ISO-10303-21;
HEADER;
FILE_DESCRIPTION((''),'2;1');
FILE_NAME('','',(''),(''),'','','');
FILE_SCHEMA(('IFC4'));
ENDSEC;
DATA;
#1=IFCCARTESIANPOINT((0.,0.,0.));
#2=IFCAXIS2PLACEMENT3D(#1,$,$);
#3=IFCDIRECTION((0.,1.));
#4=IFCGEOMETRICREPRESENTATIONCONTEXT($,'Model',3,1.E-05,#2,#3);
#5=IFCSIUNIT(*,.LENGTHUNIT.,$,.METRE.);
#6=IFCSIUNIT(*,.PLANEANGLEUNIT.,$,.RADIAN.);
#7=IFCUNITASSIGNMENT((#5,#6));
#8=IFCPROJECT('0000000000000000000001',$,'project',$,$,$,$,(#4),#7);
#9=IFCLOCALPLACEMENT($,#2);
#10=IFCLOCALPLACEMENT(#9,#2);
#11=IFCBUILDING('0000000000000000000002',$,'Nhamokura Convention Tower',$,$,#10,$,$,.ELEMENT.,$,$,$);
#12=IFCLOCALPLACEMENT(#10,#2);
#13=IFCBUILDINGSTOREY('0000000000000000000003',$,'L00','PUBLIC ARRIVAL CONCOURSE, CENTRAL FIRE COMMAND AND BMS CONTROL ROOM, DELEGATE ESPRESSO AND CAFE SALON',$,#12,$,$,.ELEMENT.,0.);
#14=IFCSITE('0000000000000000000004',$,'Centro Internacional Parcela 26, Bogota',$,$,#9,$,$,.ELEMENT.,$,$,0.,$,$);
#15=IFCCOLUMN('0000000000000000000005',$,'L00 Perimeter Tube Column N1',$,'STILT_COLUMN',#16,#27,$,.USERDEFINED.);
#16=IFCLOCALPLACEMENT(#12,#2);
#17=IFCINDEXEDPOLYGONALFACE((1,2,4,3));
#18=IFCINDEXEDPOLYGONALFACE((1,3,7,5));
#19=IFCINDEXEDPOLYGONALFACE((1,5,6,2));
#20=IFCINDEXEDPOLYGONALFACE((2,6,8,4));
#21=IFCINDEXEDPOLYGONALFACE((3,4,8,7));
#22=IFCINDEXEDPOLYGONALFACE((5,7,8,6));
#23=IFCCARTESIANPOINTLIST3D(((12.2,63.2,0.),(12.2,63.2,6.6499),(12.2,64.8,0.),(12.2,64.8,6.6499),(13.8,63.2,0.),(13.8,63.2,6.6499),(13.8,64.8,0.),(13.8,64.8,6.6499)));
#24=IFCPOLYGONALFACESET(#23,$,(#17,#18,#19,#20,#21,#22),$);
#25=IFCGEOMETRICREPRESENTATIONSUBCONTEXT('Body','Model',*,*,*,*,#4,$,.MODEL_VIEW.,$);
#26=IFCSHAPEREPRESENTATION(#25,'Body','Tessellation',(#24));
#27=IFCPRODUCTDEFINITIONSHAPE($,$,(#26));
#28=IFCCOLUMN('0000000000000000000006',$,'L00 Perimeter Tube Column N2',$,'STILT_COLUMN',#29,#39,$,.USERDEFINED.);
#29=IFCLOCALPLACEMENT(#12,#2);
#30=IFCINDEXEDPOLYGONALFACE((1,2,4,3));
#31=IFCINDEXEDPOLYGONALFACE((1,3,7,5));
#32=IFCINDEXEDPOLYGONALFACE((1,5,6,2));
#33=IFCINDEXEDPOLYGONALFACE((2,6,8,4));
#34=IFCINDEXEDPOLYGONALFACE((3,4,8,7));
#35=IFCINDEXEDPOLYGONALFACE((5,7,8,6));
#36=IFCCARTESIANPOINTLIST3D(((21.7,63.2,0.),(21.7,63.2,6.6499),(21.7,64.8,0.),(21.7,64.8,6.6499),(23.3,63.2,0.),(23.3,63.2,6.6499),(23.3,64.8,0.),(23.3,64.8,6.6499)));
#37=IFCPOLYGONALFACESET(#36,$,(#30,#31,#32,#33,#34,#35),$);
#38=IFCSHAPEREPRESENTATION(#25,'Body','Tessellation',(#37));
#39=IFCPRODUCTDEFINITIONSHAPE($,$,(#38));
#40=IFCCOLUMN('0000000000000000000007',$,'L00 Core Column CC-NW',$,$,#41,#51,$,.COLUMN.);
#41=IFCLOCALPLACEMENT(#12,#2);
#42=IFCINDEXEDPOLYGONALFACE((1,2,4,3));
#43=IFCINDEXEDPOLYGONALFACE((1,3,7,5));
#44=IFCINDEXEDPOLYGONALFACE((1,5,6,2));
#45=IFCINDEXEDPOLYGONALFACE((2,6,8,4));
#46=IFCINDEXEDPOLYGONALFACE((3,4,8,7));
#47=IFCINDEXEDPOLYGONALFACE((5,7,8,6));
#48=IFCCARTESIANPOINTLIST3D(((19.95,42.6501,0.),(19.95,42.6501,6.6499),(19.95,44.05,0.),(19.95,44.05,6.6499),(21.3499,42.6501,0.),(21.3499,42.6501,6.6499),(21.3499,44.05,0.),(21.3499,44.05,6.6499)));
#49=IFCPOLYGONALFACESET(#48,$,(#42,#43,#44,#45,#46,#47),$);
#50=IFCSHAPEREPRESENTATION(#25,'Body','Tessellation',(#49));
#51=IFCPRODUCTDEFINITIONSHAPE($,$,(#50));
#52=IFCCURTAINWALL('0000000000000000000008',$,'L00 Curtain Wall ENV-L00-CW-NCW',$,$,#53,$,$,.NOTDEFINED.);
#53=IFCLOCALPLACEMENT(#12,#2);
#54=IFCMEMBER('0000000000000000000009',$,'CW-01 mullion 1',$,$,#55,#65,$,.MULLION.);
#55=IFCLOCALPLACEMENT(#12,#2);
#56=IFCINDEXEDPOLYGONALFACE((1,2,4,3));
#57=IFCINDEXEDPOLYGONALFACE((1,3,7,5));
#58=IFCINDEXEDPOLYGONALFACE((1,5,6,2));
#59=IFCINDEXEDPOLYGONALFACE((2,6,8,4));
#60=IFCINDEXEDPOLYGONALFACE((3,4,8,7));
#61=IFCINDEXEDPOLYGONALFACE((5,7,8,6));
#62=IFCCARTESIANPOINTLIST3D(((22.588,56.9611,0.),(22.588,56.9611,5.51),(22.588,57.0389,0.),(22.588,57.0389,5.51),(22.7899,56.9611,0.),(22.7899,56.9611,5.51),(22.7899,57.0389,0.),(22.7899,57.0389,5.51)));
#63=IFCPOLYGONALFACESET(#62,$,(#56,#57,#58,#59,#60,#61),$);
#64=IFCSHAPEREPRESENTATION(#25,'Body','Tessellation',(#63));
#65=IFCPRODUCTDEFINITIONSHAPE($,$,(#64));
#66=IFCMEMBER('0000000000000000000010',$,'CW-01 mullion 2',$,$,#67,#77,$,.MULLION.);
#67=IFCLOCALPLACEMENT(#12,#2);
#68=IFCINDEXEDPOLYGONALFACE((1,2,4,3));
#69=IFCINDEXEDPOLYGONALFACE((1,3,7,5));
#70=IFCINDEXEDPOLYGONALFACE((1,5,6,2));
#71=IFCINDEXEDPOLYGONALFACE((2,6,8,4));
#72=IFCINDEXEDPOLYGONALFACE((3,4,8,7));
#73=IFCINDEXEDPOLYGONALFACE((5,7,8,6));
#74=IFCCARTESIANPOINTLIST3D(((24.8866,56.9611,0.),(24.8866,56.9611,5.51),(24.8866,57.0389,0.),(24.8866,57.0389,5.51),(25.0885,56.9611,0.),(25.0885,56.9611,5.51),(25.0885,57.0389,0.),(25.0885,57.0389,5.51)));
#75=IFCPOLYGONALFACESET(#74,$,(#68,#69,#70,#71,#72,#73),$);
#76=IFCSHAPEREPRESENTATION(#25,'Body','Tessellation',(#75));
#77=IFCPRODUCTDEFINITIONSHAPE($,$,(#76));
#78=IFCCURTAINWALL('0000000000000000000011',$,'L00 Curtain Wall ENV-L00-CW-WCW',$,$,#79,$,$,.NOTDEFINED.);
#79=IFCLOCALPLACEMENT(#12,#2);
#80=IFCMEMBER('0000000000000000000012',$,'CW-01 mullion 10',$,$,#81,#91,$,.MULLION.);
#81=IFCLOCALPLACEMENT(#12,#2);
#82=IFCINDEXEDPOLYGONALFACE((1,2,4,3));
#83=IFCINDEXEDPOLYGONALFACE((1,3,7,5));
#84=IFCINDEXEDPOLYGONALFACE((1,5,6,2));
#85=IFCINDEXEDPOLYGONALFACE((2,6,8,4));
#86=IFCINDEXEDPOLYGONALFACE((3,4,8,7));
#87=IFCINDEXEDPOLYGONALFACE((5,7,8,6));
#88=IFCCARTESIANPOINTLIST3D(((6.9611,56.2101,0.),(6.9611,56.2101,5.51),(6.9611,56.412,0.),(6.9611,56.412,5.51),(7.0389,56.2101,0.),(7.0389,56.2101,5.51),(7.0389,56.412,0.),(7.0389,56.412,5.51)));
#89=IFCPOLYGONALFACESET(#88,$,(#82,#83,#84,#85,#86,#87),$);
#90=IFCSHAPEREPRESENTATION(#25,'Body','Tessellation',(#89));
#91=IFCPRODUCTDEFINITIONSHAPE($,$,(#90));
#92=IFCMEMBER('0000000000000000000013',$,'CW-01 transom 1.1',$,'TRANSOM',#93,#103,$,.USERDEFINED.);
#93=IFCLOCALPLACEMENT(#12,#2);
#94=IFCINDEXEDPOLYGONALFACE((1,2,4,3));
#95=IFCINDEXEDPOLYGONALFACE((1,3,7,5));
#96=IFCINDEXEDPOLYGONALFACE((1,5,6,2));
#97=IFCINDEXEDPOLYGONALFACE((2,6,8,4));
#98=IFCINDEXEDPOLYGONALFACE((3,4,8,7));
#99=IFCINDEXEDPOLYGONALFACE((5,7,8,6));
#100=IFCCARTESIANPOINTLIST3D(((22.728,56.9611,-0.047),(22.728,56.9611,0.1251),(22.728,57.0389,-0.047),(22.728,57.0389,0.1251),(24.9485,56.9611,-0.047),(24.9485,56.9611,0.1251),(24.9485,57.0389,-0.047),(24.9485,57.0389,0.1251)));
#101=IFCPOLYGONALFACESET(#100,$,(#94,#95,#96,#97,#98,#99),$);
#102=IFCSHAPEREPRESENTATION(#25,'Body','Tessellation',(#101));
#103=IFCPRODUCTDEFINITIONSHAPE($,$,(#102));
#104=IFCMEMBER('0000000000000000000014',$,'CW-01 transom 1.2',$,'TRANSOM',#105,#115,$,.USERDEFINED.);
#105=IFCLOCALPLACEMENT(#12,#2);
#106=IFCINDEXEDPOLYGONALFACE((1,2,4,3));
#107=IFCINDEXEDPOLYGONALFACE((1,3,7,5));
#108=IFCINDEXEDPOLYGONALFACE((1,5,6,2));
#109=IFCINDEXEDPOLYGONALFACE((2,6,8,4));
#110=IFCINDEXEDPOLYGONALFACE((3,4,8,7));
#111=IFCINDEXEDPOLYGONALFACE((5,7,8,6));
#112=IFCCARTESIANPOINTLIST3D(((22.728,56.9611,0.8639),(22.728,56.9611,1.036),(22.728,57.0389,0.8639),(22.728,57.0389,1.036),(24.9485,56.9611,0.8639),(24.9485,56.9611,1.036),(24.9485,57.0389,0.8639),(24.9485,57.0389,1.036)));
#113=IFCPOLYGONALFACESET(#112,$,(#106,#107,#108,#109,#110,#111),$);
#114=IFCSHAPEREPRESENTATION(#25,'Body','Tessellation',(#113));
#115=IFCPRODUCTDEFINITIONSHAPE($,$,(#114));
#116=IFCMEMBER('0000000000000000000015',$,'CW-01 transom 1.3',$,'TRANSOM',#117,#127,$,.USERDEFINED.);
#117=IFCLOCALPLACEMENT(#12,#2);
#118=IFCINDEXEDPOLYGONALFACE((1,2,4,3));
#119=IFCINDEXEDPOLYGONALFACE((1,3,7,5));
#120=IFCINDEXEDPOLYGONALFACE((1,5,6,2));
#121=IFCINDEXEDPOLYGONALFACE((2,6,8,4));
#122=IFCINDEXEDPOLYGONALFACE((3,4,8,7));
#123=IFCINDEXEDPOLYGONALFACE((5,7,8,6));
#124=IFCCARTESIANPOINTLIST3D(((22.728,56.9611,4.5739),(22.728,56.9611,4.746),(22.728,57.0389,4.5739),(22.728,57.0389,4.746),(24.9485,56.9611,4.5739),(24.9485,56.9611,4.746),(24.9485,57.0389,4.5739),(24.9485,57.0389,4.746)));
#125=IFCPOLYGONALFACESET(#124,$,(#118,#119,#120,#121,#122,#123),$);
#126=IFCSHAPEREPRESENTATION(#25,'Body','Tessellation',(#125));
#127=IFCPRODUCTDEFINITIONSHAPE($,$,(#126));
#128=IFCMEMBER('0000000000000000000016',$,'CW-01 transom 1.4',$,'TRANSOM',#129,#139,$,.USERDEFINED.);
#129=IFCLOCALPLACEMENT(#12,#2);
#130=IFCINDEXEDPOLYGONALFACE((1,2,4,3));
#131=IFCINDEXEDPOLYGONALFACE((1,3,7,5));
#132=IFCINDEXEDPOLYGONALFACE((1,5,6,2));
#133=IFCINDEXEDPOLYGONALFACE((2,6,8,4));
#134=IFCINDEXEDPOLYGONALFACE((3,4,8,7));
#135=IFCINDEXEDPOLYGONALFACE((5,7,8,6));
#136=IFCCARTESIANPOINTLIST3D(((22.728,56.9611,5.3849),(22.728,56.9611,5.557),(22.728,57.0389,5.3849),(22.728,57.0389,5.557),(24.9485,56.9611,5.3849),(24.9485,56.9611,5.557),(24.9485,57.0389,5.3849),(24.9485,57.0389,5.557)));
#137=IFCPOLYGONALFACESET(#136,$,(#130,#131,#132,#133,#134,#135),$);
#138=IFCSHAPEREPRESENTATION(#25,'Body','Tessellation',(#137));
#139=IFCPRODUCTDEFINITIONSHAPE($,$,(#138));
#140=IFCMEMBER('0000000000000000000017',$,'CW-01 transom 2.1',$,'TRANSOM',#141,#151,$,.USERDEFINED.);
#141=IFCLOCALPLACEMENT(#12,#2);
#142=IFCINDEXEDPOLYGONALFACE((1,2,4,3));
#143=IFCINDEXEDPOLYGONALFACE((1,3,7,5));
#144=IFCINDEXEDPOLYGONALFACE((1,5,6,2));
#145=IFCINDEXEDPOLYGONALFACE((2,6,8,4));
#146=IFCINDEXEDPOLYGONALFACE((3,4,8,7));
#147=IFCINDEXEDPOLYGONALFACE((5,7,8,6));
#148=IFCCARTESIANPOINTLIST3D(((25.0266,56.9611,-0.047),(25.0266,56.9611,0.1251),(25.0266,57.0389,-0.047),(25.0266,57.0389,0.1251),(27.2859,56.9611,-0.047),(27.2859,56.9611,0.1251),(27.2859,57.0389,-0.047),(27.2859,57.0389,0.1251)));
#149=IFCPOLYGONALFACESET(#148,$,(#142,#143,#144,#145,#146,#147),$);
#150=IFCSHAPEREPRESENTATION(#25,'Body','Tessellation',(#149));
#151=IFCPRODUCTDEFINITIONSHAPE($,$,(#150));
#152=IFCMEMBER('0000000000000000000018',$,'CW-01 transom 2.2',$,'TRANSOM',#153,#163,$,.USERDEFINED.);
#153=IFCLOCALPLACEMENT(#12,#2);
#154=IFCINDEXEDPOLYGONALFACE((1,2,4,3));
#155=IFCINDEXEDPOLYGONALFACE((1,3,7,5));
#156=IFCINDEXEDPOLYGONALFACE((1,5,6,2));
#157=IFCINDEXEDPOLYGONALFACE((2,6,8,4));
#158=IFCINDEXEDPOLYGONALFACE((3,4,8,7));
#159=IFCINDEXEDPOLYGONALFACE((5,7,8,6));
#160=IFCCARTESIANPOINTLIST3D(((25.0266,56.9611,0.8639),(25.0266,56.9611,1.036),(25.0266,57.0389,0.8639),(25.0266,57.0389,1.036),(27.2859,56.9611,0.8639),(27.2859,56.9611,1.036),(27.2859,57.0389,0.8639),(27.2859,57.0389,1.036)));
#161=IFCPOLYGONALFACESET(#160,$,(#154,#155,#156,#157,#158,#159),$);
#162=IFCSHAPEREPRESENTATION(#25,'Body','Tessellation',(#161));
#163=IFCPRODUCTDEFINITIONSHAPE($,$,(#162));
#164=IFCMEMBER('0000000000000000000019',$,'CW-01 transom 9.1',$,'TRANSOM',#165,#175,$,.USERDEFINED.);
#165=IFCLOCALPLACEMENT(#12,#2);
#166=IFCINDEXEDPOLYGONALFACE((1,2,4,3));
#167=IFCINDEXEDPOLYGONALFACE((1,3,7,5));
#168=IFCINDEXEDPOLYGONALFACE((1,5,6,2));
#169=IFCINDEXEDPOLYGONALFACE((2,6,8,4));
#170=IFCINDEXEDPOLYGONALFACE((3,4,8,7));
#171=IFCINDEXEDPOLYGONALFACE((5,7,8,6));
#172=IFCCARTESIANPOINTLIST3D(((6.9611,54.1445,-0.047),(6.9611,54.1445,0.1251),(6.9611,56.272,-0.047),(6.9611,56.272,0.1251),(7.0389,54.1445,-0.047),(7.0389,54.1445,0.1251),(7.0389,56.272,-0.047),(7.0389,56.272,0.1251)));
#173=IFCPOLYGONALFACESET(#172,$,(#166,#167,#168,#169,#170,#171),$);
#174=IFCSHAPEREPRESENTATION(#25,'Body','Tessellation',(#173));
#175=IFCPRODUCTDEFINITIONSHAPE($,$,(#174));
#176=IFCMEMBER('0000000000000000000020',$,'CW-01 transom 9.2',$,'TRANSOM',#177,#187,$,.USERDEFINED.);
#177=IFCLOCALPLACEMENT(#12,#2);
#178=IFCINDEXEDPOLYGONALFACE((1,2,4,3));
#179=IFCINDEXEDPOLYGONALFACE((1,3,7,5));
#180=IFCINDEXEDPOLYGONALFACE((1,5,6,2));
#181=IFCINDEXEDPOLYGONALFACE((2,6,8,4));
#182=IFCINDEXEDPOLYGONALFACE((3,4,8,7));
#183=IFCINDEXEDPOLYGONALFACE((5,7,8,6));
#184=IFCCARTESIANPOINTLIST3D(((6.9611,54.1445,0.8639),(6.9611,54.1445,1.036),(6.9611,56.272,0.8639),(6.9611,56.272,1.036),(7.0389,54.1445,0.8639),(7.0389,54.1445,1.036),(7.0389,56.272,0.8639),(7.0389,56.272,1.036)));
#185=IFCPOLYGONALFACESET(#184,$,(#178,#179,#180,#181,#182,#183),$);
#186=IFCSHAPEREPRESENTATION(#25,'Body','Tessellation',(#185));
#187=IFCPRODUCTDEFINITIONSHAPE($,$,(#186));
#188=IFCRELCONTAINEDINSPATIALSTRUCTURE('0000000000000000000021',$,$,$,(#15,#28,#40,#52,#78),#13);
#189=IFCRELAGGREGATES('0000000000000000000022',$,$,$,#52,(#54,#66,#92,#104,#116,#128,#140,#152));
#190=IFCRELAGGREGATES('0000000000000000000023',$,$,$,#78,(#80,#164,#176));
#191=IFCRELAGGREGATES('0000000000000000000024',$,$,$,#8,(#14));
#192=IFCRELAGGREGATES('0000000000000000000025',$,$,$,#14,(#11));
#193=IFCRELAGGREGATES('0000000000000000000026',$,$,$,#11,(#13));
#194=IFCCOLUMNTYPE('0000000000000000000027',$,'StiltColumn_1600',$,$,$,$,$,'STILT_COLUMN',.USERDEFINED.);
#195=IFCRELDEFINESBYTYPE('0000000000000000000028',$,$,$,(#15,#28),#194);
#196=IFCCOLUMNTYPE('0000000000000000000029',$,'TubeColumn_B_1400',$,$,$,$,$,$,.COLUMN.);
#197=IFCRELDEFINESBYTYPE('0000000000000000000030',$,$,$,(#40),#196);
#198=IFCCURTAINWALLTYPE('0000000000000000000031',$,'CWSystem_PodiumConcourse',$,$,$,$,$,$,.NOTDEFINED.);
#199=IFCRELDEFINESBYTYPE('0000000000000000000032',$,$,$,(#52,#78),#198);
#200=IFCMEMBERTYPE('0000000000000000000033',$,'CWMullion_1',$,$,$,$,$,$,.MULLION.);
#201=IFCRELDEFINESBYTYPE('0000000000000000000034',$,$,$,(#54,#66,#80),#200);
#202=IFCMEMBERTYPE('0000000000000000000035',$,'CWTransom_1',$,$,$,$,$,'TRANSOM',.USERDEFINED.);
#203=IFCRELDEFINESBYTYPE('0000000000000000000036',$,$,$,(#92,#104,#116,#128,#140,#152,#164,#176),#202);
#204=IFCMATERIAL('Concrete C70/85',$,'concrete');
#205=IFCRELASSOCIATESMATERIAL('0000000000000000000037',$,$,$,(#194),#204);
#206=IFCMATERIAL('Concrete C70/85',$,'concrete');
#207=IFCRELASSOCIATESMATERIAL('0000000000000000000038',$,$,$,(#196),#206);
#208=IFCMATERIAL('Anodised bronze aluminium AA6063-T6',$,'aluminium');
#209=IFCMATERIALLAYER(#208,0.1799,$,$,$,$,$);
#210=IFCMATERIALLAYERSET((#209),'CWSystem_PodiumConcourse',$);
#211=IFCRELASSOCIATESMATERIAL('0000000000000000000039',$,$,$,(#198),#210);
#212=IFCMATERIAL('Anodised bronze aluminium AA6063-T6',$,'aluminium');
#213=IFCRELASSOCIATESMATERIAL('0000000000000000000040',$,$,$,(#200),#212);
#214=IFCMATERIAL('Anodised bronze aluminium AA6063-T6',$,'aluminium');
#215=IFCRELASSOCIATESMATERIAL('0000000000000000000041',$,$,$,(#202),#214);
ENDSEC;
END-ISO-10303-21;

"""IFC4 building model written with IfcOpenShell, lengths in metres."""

from ifc_helpers import new_model, si_unit, direction, frame, origin, origin_2d, place, context, subcontext, project, spatial, rectangle, extrude, material, layer, layer_set, material_profile, profile_set, type_object, element, aggregate, save


model = new_model("IFC4")

# Units and contexts
model_context = context("Model", 3, precision=1e-05, world=origin(), true_north=direction((0.0, 1.0)))
body_context = subcontext(model_context, "Body", "Model", "MODEL_VIEW")
ifc_project = project(units=[si_unit("LENGTHUNIT", "METRE"), si_unit("PLANEANGLEUNIT", "RADIAN")], contexts=[model_context])

# Site, building, storey
site_placement = place(None, origin())
site = spatial("IfcSite", under=ifc_project, at=site_placement, Name="Centro Internacional Parcela 26, Bogota", CompositionType="ELEMENT", RefElevation=0.0)
building_placement = place(site_placement, origin())
building = spatial("IfcBuilding", under=site, at=building_placement, Name="Nhamokura Convention Tower", CompositionType="ELEMENT")
storey_placement = place(building_placement, origin())
storey = spatial("IfcBuildingStorey", under=building, at=storey_placement, Name="L00", Description="PUBLIC ARRIVAL CONCOURSE, CENTRAL FIRE COMMAND AND BMS CONTROL ROOM, DELEGATE ESPRESSO AND CAFE SALON", CompositionType="ELEMENT", Elevation=0.0)

# Columns
ifc_material_1 = material(Name="Concrete C70/85", Category="concrete")
ifc_material_profile_1 = material_profile(ifc_material_1, rectangle(XDim=1.6001, YDim=1.6001, at=origin_2d()))
ifc_profile_set_1 = profile_set([ifc_material_profile_1], Name="Concrete C70/85")
column_type_1 = type_object("IfcColumnType", Name="StiltColumn_1600", ElementType="STILT_COLUMN", PredefinedType="USERDEFINED", material=ifc_profile_set_1)
for number, where, z_axis, x_axis, name in (
    (1, (13.0, 64.0, 0.0), (0.0, 0.0, 1.0), (1.0, 0.0, 0.0), "L00 Perimeter Tube Column N1"),
    (2, (22.5, 64.0, 0.0), (0.0, 0.0, 1.0), (1.0, 0.0, 0.0), "L00 Perimeter Tube Column N2"),
):
    element("IfcColumn", number, at=place(storey_placement, frame(where, z_axis=z_axis, x_axis=x_axis)), inside=storey, type_object=column_type_1, Name=name, ObjectType="STILT_COLUMN", PredefinedType="USERDEFINED", context=body_context, shape_type="SweptSolid", body=[
        extrude(rectangle(XDim=1.6001, YDim=1.6001, at=origin_2d()), origin(), (0.0, 0.0, 1.0), 6.6499),
    ])
ifc_material_2 = material(Name="Concrete C70/85", Category="concrete")
ifc_material_profile_2 = material_profile(ifc_material_2, rectangle(XDim=1.3999, YDim=1.3999, at=origin_2d()))
ifc_profile_set_2 = profile_set([ifc_material_profile_2], Name="Concrete C70/85")
column_type_2 = type_object("IfcColumnType", Name="TubeColumn_B_1400", PredefinedType="COLUMN", material=ifc_profile_set_2)
column_placement = place(storey_placement, frame((20.6499, 43.3501, 0.0), z_axis=(0.0, 0.0, 1.0), x_axis=(1.0, 0.0, 0.0)))
element("IfcColumn", 3, at=column_placement, inside=storey, type_object=column_type_2, Name="L00 Core Column CC-NW", PredefinedType="COLUMN", context=body_context, shape_type="SweptSolid", body=[
    extrude(rectangle(XDim=1.3999, YDim=1.3999, at=origin_2d()), origin(), (0.0, 0.0, 1.0), 6.6499),
])

# Curtain wall, members
ifc_material_3 = material(Name="Anodised bronze aluminium AA6063-T6", Category="aluminium")
ifc_layer_1 = layer(ifc_material_3, 0.1799)
ifc_layer_set_1 = layer_set([ifc_layer_1], Name="CWSystem_PodiumConcourse")
curtain_wall_type = type_object("IfcCurtainWallType", Name="CWSystem_PodiumConcourse", PredefinedType="NOTDEFINED", material=ifc_layer_set_1)
curtain_wall_1_placement = place(storey_placement, origin())
curtain_wall_1 = element("IfcCurtainWall", 4, at=curtain_wall_1_placement, inside=storey, type_object=curtain_wall_type, Name="L00 Curtain Wall ENV-L00-CW-NCW", PredefinedType="NOTDEFINED")
ifc_material_4 = material(Name="Anodised bronze aluminium AA6063-T6", Category="aluminium")
ifc_material_profile_3 = material_profile(ifc_material_4, rectangle(XDim=0.0779, YDim=0.2019, at=origin_2d()))
ifc_profile_set_3 = profile_set([ifc_material_profile_3], Name="Anodised bronze aluminium AA6063-T6")
member_type_1 = type_object("IfcMemberType", Name="CWMullion_1", PredefinedType="MULLION", material=ifc_profile_set_3)
member_1_placement = place(storey_placement, frame((22.689, 57.0, 0.0), z_axis=(0.0, 0.0, 1.0), x_axis=(0.0, 1.0, 0.0)))
member_1 = element("IfcMember", 5, at=member_1_placement, type_object=member_type_1, Name="CW-01 mullion 1", PredefinedType="MULLION", context=body_context, shape_type="SweptSolid", body=[
    extrude(rectangle(XDim=0.0779, YDim=0.2019, at=origin_2d()), origin(), (0.0, 0.0, 1.0), 5.51),
])
member_2_placement = place(storey_placement, frame((24.9875, 57.0, 0.0), z_axis=(0.0, 0.0, 1.0), x_axis=(0.0, 1.0, 0.0)))
member_2 = element("IfcMember", 6, at=member_2_placement, type_object=member_type_1, Name="CW-01 mullion 2", PredefinedType="MULLION", context=body_context, shape_type="SweptSolid", body=[
    extrude(rectangle(XDim=0.0779, YDim=0.2019, at=origin_2d()), origin(), (0.0, 0.0, 1.0), 5.51),
])

# Curtain wall, member
curtain_wall_2_placement = place(storey_placement, origin())
curtain_wall_2 = element("IfcCurtainWall", 7, at=curtain_wall_2_placement, inside=storey, type_object=curtain_wall_type, Name="L00 Curtain Wall ENV-L00-CW-WCW", PredefinedType="NOTDEFINED")
member_3_placement = place(storey_placement, frame((7.0, 56.311, 0.0), z_axis=(0.0, 0.0, 1.0), x_axis=(-1.0, 0.0, 0.0)))
member_3 = element("IfcMember", 8, at=member_3_placement, type_object=member_type_1, Name="CW-01 mullion 10", PredefinedType="MULLION", context=body_context, shape_type="SweptSolid", body=[
    extrude(rectangle(XDim=0.0779, YDim=0.2019, at=origin_2d()), origin(), (0.0, 0.0, 1.0), 5.51),
])

# Members
ifc_material_5 = material(Name="Anodised bronze aluminium AA6063-T6", Category="aluminium")
ifc_material_profile_4 = material_profile(ifc_material_5, rectangle(XDim=0.0779, YDim=0.1721, at=origin_2d()))
ifc_profile_set_4 = profile_set([ifc_material_profile_4], Name="Anodised bronze aluminium AA6063-T6")
member_type_2 = type_object("IfcMemberType", Name="CWTransom_1", ElementType="TRANSOM", PredefinedType="USERDEFINED", material=ifc_profile_set_4)
member_4_placement = place(storey_placement, frame((22.728, 57.0, 0.0391), z_axis=(1.0, 0.0, 0.0), x_axis=(0.0, 1.0, 0.0)))
member_4 = element("IfcMember", 9, at=member_4_placement, type_object=member_type_2, Name="CW-01 transom 1.1", ObjectType="TRANSOM", PredefinedType="USERDEFINED", context=body_context, shape_type="SweptSolid", body=[
    extrude(rectangle(XDim=0.0779, YDim=0.1721, at=origin_2d()), origin(), (0.0, 0.0, 1.0), 2.2205),
])
member_5_placement = place(storey_placement, frame((22.728, 57.0, 0.95), z_axis=(1.0, 0.0, 0.0), x_axis=(0.0, 1.0, 0.0)))
member_5 = element("IfcMember", 10, at=member_5_placement, type_object=member_type_2, Name="CW-01 transom 1.2", ObjectType="TRANSOM", PredefinedType="USERDEFINED", context=body_context, shape_type="SweptSolid", body=[
    extrude(rectangle(XDim=0.0779, YDim=0.1721, at=origin_2d()), origin(), (0.0, 0.0, 1.0), 2.2205),
])
member_6_placement = place(storey_placement, frame((22.728, 57.0, 4.6599), z_axis=(1.0, 0.0, 0.0), x_axis=(0.0, 1.0, 0.0)))
member_6 = element("IfcMember", 11, at=member_6_placement, type_object=member_type_2, Name="CW-01 transom 1.3", ObjectType="TRANSOM", PredefinedType="USERDEFINED", context=body_context, shape_type="SweptSolid", body=[
    extrude(rectangle(XDim=0.0779, YDim=0.1721, at=origin_2d()), origin(), (0.0, 0.0, 1.0), 2.2205),
])
member_7_placement = place(storey_placement, frame((22.728, 57.0, 5.4709), z_axis=(1.0, 0.0, 0.0), x_axis=(0.0, 1.0, 0.0)))
member_7 = element("IfcMember", 12, at=member_7_placement, type_object=member_type_2, Name="CW-01 transom 1.4", ObjectType="TRANSOM", PredefinedType="USERDEFINED", context=body_context, shape_type="SweptSolid", body=[
    extrude(rectangle(XDim=0.0779, YDim=0.1721, at=origin_2d()), origin(), (0.0, 0.0, 1.0), 2.2205),
])
member_8_placement = place(storey_placement, frame((25.0266, 57.0, 0.0391), z_axis=(1.0, 0.0, 0.0), x_axis=(0.0, 1.0, 0.0)))
member_8 = element("IfcMember", 13, at=member_8_placement, type_object=member_type_2, Name="CW-01 transom 2.1", ObjectType="TRANSOM", PredefinedType="USERDEFINED", context=body_context, shape_type="SweptSolid", body=[
    extrude(rectangle(XDim=0.0779, YDim=0.1721, at=origin_2d()), origin(), (0.0, 0.0, 1.0), 2.2593),
])
member_9_placement = place(storey_placement, frame((25.0266, 57.0, 0.95), z_axis=(1.0, 0.0, 0.0), x_axis=(0.0, 1.0, 0.0)))
member_9 = element("IfcMember", 14, at=member_9_placement, type_object=member_type_2, Name="CW-01 transom 2.2", ObjectType="TRANSOM", PredefinedType="USERDEFINED", context=body_context, shape_type="SweptSolid", body=[
    extrude(rectangle(XDim=0.0779, YDim=0.1721, at=origin_2d()), origin(), (0.0, 0.0, 1.0), 2.2593),
])
member_10_placement = place(storey_placement, frame((7.0, 54.1445, 0.0391), z_axis=(0.0, 1.0, 0.0), x_axis=(-1.0, 0.0, 0.0)))
member_10 = element("IfcMember", 15, at=member_10_placement, type_object=member_type_2, Name="CW-01 transom 9.1", ObjectType="TRANSOM", PredefinedType="USERDEFINED", context=body_context, shape_type="SweptSolid", body=[
    extrude(rectangle(XDim=0.0779, YDim=0.1721, at=origin_2d()), origin(), (0.0, 0.0, 1.0), 2.1274),
])
member_11_placement = place(storey_placement, frame((7.0, 54.1445, 0.95), z_axis=(0.0, 1.0, 0.0), x_axis=(-1.0, 0.0, 0.0)))
member_11 = element("IfcMember", 16, at=member_11_placement, type_object=member_type_2, Name="CW-01 transom 9.2", ObjectType="TRANSOM", PredefinedType="USERDEFINED", context=body_context, shape_type="SweptSolid", body=[
    extrude(rectangle(XDim=0.0779, YDim=0.1721, at=origin_2d()), origin(), (0.0, 0.0, 1.0), 2.1274),
])

aggregate(curtain_wall_1, [member_1, member_2, member_4, member_5, member_6, member_7, member_8, member_9])
aggregate(curtain_wall_2, [member_3, member_10, member_11])

save(model, "model.ifc")
